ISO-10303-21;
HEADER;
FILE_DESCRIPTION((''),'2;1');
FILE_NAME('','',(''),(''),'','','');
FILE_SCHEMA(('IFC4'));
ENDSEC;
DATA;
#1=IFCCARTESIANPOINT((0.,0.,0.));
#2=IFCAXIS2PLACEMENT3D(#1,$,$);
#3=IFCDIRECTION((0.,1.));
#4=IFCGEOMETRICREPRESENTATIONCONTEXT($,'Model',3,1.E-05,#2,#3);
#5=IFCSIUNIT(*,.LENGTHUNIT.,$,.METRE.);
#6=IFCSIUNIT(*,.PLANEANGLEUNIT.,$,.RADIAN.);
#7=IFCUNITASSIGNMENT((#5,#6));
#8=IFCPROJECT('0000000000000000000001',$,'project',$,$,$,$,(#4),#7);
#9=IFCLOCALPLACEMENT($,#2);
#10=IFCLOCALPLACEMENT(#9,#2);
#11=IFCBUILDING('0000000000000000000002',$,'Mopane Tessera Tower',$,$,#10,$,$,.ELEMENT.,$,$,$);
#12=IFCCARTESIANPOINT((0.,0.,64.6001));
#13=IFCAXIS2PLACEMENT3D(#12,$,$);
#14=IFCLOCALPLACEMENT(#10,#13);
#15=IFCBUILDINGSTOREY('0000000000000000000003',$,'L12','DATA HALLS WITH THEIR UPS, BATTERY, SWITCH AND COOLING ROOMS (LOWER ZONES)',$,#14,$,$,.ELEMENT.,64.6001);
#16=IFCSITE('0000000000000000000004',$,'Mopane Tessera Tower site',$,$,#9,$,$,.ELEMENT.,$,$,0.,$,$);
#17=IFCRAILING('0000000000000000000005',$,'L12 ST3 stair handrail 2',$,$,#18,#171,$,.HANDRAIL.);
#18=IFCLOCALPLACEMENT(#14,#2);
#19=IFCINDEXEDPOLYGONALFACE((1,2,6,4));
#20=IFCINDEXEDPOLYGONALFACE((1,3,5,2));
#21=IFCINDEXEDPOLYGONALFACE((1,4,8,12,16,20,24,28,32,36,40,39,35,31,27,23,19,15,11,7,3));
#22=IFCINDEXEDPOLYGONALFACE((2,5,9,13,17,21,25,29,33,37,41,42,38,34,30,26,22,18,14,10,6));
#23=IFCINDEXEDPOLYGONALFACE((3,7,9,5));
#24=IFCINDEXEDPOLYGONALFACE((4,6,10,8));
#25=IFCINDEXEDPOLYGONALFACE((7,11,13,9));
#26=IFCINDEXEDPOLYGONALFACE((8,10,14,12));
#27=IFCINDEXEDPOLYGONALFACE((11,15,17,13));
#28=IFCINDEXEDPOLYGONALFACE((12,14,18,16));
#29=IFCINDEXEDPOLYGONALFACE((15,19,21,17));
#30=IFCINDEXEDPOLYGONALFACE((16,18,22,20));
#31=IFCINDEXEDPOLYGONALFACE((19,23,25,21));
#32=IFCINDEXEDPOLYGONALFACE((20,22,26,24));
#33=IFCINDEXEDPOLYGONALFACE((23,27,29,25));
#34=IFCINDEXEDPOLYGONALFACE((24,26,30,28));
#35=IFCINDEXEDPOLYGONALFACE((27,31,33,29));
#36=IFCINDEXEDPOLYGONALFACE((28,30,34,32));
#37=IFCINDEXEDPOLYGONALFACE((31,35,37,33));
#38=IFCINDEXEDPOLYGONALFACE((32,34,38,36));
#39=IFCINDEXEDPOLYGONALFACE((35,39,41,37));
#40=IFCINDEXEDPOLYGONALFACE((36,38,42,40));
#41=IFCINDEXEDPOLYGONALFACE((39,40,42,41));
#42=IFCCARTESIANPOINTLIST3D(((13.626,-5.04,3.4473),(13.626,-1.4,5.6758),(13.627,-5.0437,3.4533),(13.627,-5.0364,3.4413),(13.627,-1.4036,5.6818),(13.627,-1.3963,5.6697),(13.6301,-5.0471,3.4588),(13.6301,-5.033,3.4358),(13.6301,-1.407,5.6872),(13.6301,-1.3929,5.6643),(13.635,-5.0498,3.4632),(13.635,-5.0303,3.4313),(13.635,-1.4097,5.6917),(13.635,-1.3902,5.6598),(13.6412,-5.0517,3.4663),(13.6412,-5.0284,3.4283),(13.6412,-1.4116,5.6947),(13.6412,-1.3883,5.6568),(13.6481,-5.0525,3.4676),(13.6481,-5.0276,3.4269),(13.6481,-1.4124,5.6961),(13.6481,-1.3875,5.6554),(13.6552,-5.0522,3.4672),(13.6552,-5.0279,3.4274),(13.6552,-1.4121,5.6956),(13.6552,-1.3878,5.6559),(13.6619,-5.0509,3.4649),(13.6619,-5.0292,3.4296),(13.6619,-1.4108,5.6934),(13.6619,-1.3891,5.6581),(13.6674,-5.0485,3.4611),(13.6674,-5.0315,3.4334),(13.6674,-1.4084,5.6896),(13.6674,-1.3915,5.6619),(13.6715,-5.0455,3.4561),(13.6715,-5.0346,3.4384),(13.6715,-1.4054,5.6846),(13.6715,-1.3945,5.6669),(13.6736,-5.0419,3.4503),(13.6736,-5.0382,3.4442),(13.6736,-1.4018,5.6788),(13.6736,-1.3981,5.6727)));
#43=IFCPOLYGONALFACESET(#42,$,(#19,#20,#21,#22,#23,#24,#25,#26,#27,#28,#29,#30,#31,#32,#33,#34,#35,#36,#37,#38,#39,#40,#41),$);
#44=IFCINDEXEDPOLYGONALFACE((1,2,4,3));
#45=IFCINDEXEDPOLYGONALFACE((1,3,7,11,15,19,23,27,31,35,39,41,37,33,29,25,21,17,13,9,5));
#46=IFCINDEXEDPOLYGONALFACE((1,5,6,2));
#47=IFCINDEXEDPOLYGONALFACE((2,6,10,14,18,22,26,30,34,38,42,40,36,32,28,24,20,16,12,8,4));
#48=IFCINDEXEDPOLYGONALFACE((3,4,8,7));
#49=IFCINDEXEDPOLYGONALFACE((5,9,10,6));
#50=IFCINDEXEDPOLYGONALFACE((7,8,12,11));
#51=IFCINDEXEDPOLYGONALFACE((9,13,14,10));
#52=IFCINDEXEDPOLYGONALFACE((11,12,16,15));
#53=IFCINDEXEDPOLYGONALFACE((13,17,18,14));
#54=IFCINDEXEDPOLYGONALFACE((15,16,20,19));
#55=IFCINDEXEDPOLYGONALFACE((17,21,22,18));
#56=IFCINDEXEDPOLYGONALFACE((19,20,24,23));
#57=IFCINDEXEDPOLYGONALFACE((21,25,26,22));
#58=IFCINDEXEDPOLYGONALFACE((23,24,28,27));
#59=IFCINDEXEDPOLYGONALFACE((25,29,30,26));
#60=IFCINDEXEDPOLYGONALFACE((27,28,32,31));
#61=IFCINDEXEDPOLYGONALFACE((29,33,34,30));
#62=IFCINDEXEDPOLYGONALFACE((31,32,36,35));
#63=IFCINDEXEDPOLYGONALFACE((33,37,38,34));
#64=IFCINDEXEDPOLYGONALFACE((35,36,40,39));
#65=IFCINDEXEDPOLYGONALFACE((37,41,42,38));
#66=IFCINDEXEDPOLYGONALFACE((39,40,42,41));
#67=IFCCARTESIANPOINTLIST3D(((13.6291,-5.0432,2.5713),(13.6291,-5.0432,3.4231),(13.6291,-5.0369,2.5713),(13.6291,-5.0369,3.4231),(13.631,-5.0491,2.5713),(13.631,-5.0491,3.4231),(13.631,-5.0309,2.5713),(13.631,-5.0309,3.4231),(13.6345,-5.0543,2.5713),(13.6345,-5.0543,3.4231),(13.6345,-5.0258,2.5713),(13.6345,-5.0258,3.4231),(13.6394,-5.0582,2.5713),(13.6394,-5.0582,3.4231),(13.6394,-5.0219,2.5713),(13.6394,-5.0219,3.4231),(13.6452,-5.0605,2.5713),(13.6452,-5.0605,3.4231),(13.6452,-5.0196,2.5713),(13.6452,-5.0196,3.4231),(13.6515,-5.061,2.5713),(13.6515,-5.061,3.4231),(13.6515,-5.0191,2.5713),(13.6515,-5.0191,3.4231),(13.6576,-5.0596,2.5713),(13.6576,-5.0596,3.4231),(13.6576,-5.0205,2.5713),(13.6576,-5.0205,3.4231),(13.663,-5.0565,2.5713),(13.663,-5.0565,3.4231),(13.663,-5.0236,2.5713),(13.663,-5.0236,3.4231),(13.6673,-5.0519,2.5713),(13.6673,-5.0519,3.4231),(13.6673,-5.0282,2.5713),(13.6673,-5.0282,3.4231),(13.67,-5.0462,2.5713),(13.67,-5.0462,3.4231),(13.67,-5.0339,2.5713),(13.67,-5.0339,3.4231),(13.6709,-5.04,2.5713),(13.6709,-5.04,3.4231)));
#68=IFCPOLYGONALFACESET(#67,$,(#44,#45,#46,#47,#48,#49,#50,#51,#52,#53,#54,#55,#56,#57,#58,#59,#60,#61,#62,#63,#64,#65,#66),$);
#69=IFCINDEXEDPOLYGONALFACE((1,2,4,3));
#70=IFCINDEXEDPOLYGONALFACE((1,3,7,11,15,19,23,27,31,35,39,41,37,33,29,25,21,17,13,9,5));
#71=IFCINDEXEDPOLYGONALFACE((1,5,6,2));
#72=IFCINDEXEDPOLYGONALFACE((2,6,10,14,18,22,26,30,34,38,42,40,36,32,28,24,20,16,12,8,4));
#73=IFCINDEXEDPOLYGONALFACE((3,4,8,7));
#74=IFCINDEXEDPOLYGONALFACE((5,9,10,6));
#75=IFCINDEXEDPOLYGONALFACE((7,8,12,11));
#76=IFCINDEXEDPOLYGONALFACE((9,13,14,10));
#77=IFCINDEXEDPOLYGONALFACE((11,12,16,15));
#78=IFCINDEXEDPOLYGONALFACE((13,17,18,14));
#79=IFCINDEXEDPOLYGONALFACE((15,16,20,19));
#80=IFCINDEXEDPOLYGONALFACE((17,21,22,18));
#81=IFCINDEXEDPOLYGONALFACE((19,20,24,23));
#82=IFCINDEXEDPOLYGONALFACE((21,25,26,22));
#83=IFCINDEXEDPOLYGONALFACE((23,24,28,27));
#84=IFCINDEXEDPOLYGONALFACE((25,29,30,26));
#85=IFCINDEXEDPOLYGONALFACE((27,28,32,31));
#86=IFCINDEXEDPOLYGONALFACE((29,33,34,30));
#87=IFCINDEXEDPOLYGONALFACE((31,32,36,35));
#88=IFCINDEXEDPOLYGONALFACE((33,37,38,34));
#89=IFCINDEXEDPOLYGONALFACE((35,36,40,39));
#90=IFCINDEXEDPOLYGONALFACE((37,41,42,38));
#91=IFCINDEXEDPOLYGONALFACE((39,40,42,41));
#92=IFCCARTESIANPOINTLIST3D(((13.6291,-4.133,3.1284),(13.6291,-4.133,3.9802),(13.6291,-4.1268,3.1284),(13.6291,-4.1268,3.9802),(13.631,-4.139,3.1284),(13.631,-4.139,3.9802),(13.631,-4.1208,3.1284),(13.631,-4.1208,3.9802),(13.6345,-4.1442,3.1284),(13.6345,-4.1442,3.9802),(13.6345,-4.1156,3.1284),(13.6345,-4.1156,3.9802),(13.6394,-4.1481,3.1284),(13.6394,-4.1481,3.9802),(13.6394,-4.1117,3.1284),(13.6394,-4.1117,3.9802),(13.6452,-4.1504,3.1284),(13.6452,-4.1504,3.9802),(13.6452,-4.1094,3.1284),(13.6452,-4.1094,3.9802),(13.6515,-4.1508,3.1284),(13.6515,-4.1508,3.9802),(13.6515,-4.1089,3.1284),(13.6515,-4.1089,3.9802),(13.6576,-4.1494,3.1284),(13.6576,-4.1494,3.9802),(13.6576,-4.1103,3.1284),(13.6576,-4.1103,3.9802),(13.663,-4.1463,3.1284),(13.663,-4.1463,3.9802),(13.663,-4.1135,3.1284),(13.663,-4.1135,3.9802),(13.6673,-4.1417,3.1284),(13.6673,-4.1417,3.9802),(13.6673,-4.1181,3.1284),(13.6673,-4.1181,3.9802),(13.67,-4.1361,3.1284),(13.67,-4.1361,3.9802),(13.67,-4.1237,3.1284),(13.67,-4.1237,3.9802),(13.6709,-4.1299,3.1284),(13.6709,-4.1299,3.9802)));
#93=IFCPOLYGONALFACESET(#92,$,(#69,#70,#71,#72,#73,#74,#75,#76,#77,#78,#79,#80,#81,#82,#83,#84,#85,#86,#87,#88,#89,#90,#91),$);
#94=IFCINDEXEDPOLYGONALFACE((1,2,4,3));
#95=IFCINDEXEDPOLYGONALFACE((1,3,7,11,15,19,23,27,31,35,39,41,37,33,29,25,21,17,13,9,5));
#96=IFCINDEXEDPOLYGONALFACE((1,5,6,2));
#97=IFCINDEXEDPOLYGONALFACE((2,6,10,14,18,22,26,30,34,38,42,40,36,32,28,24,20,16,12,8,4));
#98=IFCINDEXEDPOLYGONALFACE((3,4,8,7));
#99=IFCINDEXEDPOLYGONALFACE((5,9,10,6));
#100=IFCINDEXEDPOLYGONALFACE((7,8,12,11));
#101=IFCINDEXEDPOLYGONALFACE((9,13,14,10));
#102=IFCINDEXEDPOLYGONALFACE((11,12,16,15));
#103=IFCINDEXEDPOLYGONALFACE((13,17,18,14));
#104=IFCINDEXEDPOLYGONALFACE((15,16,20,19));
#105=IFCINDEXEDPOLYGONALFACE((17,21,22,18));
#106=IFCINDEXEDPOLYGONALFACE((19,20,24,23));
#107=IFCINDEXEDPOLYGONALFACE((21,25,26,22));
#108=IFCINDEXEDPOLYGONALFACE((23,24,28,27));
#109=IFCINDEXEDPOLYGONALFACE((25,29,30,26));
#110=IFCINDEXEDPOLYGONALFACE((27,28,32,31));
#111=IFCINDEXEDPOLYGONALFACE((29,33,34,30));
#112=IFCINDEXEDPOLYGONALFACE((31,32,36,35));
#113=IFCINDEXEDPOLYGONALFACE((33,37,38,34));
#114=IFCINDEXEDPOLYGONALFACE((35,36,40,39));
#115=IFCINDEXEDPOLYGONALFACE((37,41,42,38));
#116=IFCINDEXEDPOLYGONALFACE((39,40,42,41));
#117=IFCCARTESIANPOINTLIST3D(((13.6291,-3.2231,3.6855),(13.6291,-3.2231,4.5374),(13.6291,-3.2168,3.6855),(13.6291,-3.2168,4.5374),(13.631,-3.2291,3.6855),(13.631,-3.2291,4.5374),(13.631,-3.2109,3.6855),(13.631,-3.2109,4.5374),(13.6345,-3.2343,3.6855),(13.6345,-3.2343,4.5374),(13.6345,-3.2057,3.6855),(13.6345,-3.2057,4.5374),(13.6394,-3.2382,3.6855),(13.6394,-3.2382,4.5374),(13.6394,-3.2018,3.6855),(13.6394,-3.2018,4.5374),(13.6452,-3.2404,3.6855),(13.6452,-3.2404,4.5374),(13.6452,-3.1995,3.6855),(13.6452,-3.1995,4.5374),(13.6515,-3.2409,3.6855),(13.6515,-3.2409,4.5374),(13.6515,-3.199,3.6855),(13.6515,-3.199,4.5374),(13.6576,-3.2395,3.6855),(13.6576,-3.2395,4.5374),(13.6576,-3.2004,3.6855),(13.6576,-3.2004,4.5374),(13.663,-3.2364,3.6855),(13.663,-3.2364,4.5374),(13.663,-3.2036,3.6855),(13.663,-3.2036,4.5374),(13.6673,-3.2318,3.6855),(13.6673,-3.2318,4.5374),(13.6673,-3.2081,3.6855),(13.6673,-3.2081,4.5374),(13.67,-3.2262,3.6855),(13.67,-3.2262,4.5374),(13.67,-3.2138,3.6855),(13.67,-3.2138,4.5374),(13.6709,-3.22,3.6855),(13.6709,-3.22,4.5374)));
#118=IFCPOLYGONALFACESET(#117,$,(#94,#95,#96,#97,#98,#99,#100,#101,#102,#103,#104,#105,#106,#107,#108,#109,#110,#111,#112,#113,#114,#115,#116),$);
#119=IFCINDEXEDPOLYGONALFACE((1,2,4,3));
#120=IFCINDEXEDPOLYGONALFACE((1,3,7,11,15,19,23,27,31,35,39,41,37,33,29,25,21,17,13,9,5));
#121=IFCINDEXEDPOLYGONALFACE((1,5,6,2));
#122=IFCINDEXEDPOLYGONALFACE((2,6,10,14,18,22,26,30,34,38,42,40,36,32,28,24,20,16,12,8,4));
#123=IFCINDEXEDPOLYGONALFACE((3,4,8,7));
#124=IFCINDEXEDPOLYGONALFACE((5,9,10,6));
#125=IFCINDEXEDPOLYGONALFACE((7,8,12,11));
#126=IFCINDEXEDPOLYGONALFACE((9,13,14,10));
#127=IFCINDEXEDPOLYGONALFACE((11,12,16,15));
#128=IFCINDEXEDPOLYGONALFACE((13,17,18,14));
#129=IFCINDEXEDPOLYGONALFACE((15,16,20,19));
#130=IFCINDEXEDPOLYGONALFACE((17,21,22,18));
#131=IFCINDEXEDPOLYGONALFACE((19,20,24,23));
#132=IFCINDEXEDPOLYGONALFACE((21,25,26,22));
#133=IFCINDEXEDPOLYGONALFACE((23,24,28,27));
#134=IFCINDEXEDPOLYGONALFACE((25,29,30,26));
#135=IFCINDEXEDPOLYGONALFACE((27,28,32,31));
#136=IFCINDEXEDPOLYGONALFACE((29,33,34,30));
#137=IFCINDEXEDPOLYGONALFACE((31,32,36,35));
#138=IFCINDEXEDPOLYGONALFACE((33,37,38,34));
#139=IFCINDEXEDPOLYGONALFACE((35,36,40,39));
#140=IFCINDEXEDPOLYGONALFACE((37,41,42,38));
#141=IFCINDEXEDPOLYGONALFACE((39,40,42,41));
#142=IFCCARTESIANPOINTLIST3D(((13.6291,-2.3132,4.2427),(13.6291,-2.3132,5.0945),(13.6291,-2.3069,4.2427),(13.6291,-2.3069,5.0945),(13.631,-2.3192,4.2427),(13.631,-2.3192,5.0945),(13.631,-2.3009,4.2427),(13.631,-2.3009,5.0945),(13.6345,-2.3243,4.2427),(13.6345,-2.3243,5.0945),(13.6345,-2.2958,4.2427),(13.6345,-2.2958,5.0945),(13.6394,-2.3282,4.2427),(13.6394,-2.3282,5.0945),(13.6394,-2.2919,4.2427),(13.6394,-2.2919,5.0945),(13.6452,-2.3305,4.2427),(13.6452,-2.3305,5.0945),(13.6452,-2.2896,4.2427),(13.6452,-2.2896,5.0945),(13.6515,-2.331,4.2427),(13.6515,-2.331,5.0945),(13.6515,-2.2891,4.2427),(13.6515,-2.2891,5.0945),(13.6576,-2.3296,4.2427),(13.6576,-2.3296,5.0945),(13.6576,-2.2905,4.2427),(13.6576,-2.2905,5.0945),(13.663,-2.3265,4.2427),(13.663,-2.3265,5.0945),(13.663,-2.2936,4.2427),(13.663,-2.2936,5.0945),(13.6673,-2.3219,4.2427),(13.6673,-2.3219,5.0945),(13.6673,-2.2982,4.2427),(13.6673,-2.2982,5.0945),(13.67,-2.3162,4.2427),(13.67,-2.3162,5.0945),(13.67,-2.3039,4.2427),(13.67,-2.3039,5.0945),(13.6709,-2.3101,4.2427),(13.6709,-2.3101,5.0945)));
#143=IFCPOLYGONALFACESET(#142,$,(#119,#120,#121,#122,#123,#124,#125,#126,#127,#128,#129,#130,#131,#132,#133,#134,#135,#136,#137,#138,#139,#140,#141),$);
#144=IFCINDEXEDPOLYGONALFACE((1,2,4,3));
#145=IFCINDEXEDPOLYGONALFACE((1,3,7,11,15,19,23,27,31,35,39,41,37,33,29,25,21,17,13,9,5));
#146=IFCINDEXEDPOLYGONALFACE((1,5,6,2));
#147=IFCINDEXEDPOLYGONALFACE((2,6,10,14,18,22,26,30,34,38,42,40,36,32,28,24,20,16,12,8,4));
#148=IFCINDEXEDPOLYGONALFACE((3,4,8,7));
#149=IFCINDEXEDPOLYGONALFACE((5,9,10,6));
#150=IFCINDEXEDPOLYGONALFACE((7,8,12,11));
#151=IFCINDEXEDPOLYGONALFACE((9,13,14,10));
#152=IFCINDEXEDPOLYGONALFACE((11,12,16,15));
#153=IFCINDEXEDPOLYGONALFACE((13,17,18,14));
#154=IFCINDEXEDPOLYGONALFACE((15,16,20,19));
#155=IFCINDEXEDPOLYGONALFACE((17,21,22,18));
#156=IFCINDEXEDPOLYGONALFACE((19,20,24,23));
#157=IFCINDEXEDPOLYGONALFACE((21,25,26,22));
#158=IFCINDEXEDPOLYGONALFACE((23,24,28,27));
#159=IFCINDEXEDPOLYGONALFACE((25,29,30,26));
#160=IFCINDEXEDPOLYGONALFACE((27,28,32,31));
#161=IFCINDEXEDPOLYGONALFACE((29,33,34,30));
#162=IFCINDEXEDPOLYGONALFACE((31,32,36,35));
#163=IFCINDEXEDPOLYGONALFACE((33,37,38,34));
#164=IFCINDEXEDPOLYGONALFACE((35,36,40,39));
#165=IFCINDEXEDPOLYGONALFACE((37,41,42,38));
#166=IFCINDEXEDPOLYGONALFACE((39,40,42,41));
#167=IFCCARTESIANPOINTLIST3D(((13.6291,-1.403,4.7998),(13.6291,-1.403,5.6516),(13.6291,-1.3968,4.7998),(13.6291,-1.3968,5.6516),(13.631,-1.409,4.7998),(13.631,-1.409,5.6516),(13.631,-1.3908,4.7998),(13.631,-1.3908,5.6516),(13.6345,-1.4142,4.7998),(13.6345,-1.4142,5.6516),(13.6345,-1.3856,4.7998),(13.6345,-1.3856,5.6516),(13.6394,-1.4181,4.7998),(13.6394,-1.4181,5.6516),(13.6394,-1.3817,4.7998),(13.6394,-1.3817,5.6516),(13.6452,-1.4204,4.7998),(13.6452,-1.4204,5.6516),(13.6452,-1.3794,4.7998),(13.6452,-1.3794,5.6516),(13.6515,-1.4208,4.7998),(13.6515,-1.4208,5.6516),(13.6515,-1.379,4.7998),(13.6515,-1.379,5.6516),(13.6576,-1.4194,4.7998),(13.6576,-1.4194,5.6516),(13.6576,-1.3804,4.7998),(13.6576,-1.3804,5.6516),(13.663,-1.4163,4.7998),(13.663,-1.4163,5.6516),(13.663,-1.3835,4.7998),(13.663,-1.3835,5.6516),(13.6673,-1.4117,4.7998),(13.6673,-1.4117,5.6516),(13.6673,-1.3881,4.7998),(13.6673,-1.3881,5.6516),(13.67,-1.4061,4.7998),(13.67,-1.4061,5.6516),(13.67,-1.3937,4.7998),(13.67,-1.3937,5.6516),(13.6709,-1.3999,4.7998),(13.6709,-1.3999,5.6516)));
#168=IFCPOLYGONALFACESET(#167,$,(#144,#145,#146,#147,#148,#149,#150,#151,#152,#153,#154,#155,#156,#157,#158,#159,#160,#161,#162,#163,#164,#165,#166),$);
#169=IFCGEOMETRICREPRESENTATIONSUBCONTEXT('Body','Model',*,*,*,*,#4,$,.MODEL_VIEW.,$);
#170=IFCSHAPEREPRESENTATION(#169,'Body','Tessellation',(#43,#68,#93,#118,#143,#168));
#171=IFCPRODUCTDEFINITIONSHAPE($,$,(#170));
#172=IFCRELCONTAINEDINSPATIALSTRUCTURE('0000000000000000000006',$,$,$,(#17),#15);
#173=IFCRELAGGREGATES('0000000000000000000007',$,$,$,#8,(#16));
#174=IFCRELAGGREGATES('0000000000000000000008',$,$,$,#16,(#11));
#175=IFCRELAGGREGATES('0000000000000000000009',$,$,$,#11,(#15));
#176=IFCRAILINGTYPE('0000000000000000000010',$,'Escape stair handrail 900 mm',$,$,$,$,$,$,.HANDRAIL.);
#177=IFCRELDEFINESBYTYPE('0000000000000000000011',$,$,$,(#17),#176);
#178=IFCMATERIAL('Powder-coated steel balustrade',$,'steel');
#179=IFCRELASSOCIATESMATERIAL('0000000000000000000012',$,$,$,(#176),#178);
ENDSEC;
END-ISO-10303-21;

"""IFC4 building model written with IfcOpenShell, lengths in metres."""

from ifc_helpers import new_model, si_unit, direction, frame, origin, origin_2d, place, context, subcontext, project, spatial, circle, extrude, material, type_object, element, save


model = new_model("IFC4")

# Units and contexts
model_context = context("Model", 3, precision=1e-05, world=origin(), true_north=direction((0.0, 1.0)))
body_context = subcontext(model_context, "Body", "Model", "MODEL_VIEW")
ifc_project = project(units=[si_unit("LENGTHUNIT", "METRE"), si_unit("PLANEANGLEUNIT", "RADIAN")], contexts=[model_context])

# Site, building, storey
site_placement = place(None, origin())
site = spatial("IfcSite", under=ifc_project, at=site_placement, Name="Mopane Tessera Tower site", CompositionType="ELEMENT", RefElevation=0.0)
building_placement = place(site_placement, origin())
building = spatial("IfcBuilding", under=site, at=building_placement, Name="Mopane Tessera Tower", CompositionType="ELEMENT")
storey_placement = place(building_placement, frame((0.0, 0.0, 64.6001)))
storey = spatial("IfcBuildingStorey", under=building, at=storey_placement, Name="L12", Description="DATA HALLS WITH THEIR UPS, BATTERY, SWITCH AND COOLING ROOMS (LOWER ZONES)", CompositionType="ELEMENT", Elevation=64.6001)

# Railing
ifc_material_1 = material(Name="Powder-coated steel balustrade", Category="steel")
railing_type_1 = type_object("IfcRailingType", Name="Escape stair handrail 900 mm", PredefinedType="HANDRAIL", material=ifc_material_1)
railing_1_placement = place(storey_placement, frame((13.6499, -5.04, 2.5713)))
element("IfcRailing", 1, at=railing_1_placement, inside=storey, type_object=railing_type_1, Name="L12 ST3 stair handrail 2", PredefinedType="HANDRAIL", context=body_context, shape_type="SweptSolid", body=[
    extrude(circle(Radius=0.0239, at=origin_2d()), frame((0.0, 0.0, 0.876), z_axis=(0.0, 0.852866, 0.52213), x_axis=(-1.0, 0.0, 0.0)), (0.0, 0.0, 1.0), 4.2681),
    extrude(circle(Radius=0.021, at=origin_2d()), origin(), (0.0, 0.0, 1.0), 0.8518),
    extrude(circle(Radius=0.021, at=origin_2d()), frame((0.0, 0.9102, 0.5571)), (0.0, 0.0, 1.0), 0.8518),
    extrude(circle(Radius=0.021, at=origin_2d()), frame((0.0, 1.8201, 1.1143)), (0.0, 0.0, 1.0), 0.8518),
    extrude(circle(Radius=0.021, at=origin_2d()), frame((0.0, 2.73, 1.6714)), (0.0, 0.0, 1.0), 0.8518),
    extrude(circle(Radius=0.021, at=origin_2d()), frame((0.0, 3.6401, 2.2285)), (0.0, 0.0, 1.0), 0.8518),
])

save(model, "model.ifc")
